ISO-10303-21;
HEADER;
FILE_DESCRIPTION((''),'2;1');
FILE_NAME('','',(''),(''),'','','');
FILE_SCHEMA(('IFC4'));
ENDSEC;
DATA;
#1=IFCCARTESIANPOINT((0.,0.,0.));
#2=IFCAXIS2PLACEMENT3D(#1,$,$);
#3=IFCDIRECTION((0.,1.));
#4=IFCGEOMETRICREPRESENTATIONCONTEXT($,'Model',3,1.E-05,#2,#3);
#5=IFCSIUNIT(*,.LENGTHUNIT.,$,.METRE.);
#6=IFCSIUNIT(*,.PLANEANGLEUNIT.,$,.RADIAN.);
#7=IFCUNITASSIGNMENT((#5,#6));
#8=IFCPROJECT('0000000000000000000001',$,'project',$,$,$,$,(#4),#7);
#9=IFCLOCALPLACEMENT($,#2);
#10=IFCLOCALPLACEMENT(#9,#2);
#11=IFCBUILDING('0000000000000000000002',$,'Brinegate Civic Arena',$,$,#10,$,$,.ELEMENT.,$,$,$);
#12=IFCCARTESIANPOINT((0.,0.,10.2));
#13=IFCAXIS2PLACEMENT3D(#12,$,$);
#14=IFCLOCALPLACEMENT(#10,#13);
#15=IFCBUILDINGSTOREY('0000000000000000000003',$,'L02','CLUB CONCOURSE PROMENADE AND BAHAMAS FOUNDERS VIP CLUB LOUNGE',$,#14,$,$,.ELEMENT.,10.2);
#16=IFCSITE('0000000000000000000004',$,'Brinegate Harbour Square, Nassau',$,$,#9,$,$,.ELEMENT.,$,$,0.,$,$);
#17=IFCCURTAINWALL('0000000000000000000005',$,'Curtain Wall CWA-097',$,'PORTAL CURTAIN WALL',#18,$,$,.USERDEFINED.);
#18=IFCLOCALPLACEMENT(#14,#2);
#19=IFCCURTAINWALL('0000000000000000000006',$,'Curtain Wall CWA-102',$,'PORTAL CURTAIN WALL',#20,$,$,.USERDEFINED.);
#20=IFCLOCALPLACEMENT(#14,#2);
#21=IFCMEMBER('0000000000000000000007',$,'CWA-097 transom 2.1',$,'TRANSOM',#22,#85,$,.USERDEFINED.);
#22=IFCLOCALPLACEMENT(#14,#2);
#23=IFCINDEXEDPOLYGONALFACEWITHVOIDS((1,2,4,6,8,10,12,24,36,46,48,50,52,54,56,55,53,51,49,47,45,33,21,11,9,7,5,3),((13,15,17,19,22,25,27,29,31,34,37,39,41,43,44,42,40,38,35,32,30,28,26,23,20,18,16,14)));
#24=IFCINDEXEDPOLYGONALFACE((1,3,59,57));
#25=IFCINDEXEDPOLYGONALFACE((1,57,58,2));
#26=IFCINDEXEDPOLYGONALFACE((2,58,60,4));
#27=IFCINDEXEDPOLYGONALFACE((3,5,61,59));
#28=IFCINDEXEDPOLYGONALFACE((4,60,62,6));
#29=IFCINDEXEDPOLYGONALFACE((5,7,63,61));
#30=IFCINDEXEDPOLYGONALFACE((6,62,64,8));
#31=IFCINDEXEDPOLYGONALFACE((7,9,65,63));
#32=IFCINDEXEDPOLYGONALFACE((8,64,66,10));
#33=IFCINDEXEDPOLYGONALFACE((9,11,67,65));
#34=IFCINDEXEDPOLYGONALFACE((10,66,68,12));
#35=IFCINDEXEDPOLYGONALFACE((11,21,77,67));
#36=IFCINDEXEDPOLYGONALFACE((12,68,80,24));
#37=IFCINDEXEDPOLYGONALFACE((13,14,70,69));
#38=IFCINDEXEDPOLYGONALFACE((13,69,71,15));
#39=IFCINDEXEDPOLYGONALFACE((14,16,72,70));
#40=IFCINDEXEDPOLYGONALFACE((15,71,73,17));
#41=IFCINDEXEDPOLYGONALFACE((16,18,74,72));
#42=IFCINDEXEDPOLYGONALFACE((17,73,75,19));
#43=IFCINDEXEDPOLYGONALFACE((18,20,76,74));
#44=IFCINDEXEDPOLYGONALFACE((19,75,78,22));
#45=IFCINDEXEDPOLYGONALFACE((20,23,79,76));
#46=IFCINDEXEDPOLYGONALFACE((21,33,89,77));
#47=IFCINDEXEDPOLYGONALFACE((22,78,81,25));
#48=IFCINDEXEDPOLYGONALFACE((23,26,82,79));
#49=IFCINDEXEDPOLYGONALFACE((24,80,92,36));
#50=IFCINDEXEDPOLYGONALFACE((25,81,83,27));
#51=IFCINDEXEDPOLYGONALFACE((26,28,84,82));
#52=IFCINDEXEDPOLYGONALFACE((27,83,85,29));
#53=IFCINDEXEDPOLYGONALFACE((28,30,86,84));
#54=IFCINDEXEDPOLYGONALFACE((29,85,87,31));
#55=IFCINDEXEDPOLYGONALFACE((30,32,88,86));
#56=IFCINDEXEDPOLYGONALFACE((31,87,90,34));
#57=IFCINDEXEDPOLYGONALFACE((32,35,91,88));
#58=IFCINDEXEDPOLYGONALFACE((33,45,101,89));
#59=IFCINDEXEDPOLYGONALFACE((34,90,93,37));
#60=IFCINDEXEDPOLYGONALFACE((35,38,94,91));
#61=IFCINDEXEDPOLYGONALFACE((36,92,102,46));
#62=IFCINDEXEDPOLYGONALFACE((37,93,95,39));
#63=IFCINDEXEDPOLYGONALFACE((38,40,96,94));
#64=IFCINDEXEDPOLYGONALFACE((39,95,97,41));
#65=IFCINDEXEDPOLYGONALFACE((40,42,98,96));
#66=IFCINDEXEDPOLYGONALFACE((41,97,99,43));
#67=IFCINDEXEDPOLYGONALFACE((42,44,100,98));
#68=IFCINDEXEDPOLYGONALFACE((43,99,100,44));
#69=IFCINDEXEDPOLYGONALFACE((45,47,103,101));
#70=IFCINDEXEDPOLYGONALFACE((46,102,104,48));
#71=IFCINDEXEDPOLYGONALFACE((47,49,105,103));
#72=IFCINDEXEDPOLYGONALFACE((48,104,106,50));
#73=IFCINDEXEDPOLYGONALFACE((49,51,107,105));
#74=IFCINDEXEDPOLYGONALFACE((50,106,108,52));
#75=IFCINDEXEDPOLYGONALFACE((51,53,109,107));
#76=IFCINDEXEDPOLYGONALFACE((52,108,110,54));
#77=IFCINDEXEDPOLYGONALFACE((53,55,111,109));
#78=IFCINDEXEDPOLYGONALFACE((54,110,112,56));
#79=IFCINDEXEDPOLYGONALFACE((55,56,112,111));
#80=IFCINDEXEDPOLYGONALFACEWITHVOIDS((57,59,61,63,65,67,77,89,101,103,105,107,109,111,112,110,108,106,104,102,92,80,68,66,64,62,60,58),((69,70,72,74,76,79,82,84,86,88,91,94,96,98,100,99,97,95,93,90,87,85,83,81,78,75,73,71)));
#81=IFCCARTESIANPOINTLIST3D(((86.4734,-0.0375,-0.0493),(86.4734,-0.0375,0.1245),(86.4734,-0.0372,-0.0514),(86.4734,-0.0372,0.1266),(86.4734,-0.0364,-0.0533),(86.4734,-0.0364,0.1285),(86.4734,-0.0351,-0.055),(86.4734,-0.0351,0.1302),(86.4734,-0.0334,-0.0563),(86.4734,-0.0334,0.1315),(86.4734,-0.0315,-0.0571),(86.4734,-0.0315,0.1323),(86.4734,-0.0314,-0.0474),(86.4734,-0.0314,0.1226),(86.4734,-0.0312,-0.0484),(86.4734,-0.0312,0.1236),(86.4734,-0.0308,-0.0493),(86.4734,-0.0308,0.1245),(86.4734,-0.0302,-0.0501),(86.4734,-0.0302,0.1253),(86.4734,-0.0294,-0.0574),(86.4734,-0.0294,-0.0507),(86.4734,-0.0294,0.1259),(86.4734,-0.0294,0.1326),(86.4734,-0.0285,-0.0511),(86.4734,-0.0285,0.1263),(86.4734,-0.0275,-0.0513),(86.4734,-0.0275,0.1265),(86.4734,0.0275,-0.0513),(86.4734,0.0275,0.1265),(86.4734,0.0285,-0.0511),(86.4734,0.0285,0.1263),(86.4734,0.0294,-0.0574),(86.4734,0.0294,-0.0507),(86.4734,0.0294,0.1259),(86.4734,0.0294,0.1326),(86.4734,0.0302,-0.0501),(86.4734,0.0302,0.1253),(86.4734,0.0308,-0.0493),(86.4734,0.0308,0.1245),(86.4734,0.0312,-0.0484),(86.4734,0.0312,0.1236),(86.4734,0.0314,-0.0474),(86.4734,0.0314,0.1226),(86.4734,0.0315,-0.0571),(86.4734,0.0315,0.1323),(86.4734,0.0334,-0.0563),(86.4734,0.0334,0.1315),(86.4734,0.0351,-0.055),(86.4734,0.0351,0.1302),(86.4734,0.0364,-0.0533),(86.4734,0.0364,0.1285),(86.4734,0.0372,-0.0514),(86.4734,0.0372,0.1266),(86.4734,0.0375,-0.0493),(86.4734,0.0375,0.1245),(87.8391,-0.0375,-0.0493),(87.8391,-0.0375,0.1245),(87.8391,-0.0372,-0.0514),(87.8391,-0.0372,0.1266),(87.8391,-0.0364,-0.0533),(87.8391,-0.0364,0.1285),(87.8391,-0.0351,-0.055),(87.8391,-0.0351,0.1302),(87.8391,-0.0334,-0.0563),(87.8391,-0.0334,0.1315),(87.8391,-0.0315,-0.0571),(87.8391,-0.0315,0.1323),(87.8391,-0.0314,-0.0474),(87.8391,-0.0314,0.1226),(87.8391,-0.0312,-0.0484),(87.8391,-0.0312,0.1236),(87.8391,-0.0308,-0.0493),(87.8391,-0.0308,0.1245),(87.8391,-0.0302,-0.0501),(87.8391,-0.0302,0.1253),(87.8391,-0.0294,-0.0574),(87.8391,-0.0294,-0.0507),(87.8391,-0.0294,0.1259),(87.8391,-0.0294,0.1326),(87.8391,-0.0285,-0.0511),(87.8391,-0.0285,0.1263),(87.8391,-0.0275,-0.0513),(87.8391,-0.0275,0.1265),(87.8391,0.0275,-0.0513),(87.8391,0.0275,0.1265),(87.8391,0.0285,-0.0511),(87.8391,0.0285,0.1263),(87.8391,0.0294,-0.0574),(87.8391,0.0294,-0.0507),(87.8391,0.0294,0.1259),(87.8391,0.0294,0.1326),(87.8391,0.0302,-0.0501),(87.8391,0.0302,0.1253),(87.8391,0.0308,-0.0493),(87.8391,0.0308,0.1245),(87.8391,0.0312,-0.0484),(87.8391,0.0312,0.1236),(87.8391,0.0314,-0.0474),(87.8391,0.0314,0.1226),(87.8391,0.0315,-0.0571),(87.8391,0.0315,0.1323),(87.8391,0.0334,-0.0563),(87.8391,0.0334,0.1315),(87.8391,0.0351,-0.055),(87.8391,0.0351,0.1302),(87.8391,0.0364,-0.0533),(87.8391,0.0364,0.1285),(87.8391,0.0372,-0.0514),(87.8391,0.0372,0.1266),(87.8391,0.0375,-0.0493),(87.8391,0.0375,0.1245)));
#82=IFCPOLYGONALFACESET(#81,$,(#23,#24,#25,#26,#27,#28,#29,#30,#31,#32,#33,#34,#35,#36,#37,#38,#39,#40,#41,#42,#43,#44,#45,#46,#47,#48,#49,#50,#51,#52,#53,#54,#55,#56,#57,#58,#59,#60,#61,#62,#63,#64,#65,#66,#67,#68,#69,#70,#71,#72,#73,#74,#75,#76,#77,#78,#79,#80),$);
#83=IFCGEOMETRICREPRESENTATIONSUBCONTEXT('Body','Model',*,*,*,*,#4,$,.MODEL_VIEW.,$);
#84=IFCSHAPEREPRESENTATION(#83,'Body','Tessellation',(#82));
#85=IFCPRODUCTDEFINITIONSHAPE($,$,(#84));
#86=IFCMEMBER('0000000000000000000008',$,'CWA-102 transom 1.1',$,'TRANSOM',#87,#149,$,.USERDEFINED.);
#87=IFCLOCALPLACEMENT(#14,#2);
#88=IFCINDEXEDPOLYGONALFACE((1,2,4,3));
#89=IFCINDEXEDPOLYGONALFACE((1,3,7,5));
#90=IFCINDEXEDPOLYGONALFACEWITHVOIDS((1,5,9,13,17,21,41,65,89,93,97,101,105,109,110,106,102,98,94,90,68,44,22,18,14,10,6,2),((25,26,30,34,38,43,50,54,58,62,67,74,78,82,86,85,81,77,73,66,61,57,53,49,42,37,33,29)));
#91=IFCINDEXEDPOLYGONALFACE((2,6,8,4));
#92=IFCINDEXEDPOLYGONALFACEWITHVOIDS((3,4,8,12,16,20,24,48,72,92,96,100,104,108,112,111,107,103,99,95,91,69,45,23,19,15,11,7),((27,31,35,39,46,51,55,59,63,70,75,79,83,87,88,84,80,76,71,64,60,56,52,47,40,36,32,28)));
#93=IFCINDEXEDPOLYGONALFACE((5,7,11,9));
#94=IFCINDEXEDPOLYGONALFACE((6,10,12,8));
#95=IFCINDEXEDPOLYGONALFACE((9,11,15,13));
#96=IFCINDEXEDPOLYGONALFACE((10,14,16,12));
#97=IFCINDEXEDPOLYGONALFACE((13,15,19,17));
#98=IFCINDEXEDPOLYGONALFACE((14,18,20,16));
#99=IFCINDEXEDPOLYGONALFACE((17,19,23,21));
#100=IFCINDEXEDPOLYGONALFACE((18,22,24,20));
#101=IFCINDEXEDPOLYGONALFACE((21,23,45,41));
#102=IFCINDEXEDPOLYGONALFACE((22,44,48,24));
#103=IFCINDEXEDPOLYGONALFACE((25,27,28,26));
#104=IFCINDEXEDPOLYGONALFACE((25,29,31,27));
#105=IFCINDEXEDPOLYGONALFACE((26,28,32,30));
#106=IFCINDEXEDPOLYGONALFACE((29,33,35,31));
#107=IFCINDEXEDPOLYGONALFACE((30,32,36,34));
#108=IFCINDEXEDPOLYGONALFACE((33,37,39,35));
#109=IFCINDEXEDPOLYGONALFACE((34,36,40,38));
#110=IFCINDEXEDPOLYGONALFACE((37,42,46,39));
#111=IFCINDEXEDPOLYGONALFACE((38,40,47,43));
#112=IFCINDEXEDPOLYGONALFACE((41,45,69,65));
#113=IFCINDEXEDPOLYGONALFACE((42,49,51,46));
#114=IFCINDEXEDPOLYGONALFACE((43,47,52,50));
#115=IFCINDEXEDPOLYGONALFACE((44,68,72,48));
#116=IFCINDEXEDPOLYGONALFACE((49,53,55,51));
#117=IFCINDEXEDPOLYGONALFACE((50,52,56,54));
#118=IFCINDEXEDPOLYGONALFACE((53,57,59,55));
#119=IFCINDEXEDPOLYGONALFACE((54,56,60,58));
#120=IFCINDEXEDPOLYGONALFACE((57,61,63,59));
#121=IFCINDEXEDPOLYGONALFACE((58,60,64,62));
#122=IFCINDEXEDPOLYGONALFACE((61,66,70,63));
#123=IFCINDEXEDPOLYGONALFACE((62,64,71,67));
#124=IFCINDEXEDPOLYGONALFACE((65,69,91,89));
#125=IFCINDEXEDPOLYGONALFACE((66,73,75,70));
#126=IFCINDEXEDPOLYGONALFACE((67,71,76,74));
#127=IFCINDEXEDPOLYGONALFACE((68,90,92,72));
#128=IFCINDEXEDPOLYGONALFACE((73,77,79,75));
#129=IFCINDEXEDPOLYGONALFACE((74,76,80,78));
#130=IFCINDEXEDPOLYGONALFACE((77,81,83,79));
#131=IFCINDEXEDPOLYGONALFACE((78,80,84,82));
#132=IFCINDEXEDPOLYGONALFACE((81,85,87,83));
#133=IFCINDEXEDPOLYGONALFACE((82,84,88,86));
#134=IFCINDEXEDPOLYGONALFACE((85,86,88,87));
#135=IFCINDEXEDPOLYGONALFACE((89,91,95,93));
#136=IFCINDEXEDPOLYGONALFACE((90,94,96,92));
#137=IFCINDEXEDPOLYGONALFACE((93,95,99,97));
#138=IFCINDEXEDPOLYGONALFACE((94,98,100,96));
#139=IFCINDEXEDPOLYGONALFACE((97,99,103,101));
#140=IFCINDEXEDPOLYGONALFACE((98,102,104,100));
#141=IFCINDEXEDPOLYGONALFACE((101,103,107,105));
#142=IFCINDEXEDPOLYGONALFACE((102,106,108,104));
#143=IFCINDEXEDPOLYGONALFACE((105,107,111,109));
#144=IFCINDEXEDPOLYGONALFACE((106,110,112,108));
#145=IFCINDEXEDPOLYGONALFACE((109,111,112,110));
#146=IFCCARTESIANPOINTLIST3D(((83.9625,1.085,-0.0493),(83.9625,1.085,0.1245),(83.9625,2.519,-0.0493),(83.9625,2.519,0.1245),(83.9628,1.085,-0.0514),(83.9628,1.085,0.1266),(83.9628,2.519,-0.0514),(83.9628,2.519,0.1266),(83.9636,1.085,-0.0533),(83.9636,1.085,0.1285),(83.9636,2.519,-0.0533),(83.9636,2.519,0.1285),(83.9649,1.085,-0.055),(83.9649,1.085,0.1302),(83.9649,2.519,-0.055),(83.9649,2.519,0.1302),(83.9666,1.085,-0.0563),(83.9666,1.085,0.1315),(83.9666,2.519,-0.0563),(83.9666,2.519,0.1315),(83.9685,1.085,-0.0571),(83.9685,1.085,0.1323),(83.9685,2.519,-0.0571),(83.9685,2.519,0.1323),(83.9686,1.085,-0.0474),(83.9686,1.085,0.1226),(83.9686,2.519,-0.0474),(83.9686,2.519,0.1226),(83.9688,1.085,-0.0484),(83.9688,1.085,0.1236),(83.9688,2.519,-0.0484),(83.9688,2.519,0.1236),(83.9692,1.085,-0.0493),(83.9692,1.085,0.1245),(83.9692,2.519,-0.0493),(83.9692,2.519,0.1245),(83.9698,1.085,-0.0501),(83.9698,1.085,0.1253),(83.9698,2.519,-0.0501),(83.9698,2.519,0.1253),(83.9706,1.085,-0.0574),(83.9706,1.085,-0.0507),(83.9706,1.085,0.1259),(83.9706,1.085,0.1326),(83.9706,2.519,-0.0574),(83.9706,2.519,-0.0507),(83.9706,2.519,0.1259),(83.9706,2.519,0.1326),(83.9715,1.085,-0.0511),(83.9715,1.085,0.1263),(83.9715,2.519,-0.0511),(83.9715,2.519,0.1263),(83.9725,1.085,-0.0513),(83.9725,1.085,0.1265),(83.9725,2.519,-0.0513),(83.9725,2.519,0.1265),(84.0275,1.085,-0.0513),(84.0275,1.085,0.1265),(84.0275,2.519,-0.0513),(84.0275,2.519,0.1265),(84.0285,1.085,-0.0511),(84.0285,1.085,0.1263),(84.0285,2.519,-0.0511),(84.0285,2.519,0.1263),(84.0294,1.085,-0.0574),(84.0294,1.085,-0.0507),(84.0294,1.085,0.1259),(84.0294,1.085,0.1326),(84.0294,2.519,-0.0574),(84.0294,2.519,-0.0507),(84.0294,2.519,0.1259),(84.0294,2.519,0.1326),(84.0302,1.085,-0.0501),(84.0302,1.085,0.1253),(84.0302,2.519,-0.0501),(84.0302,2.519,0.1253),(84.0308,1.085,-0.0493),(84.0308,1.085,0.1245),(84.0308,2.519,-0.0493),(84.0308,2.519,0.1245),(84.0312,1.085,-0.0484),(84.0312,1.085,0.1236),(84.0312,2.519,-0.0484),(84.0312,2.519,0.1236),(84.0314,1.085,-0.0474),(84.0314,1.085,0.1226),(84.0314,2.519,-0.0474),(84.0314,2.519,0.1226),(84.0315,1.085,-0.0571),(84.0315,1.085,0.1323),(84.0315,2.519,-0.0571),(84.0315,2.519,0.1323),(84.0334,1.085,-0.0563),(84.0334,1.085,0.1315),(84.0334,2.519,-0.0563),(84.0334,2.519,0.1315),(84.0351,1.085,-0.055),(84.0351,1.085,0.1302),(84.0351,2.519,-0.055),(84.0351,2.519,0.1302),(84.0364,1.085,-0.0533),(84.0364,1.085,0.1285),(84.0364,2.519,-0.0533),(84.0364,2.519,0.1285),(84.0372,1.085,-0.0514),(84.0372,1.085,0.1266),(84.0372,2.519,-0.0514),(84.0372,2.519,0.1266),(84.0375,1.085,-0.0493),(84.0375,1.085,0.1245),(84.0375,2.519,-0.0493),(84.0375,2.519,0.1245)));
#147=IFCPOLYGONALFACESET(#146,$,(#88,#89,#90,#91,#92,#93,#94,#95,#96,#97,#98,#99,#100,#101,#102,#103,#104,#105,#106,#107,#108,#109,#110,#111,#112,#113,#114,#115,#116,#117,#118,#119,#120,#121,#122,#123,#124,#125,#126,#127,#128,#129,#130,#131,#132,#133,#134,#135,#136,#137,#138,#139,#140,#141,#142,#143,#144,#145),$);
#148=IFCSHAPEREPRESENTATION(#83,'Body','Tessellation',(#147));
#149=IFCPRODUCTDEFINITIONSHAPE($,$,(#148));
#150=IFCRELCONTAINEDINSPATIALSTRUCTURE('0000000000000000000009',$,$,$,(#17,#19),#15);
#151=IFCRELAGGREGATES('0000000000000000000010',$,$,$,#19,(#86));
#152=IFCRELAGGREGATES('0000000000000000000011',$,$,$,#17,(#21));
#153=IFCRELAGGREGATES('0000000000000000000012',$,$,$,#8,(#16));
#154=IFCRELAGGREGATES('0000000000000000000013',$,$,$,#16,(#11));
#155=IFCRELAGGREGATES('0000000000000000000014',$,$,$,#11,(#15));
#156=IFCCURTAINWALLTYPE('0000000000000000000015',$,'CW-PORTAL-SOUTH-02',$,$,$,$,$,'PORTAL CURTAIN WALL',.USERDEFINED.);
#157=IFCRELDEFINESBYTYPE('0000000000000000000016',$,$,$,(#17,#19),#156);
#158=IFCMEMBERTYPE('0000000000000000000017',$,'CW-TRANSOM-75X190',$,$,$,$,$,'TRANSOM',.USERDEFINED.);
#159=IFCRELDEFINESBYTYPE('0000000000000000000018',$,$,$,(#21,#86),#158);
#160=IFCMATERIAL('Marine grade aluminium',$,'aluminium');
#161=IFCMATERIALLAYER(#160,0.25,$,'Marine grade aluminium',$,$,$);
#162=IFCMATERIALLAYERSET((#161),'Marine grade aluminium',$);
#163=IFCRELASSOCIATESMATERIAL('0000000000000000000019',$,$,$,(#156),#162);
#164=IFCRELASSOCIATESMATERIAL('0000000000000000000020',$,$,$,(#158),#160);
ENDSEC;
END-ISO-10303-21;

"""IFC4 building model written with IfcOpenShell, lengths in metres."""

from ifc_helpers import new_model, si_unit, direction, frame, origin, origin_2d, place, context, subcontext, project, spatial, hollow_rectangle, extrude, material, layer, layer_set, material_profile, profile_set, type_object, element, aggregate, save


model = new_model("IFC4")

# Units and contexts
model_context = context("Model", 3, precision=1e-05, world=origin(), true_north=direction((0.0, 1.0)))
body_context = subcontext(model_context, "Body", "Model", "MODEL_VIEW")
ifc_project = project(units=[si_unit("LENGTHUNIT", "METRE"), si_unit("PLANEANGLEUNIT", "RADIAN")], contexts=[model_context])

# Site, building, storey
site_placement = place(None, origin())
site = spatial("IfcSite", under=ifc_project, at=site_placement, Name="Brinegate Harbour Square, Nassau", CompositionType="ELEMENT", RefElevation=0.0)
building_placement = place(site_placement, origin())
building = spatial("IfcBuilding", under=site, at=building_placement, Name="Brinegate Civic Arena", CompositionType="ELEMENT")
storey_placement = place(building_placement, frame((0.0, 0.0, 10.2)))
storey = spatial("IfcBuildingStorey", under=building, at=storey_placement, Name="L02", Description="CLUB CONCOURSE PROMENADE AND BAHAMAS FOUNDERS VIP CLUB LOUNGE", CompositionType="ELEMENT", Elevation=10.2)

# Curtain wall
ifc_material_1 = material(Name="Marine grade aluminium", Category="aluminium")
ifc_layer_1 = layer(ifc_material_1, 0.25, Name="Marine grade aluminium")
ifc_layer_set_1 = layer_set([ifc_layer_1], Name="Marine grade aluminium")
curtain_wall_type = type_object("IfcCurtainWallType", Name="CW-PORTAL-SOUTH-02", ElementType="PORTAL CURTAIN WALL", PredefinedType="USERDEFINED", material=ifc_layer_set_1)
curtain_wall_1_placement = place(storey_placement, origin())
curtain_wall_1 = element("IfcCurtainWall", 1, at=curtain_wall_1_placement, inside=storey, type_object=curtain_wall_type, Name="Curtain Wall CWA-097", ObjectType="PORTAL CURTAIN WALL", PredefinedType="USERDEFINED")

# Curtain wall
curtain_wall_2_placement = place(storey_placement, origin())
curtain_wall_2 = element("IfcCurtainWall", 2, at=curtain_wall_2_placement, inside=storey, type_object=curtain_wall_type, Name="Curtain Wall CWA-102", ObjectType="PORTAL CURTAIN WALL", PredefinedType="USERDEFINED")

# Members
ifc_material_profile_1 = material_profile(ifc_material_1, hollow_rectangle(XDim=0.075, YDim=0.1899, WallThickness=0.0061, InnerFilletRadius=0.0039, OuterFilletRadius=0.0081, at=origin_2d()), Name="TRN75X190")
ifc_profile_set_1 = profile_set([ifc_material_profile_1], Name="Marine grade aluminium")
member_type_1 = type_object("IfcMemberType", Name="CW-TRANSOM-75X190", ElementType="TRANSOM", PredefinedType="USERDEFINED", material=ifc_profile_set_1)
member_1_placement = place(storey_placement, frame((86.4734, 0.0, 0.0376), z_axis=(1.0, 0.0, 0.0), x_axis=(0.0, 1.0, 0.0)))
member_1 = element("IfcMember", 3, at=member_1_placement, type_object=member_type_1, Name="CWA-097 transom 2.1", ObjectType="TRANSOM", PredefinedType="USERDEFINED", context=body_context, shape_type="SweptSolid", body=[
    extrude(hollow_rectangle(XDim=0.075, YDim=0.1899, WallThickness=0.0061, InnerFilletRadius=0.0039, OuterFilletRadius=0.0081, at=origin_2d()), origin(), (0.0, 0.0, 1.0), 1.3657),
])
member_2_placement = place(storey_placement, frame((84.0, 1.085, 0.0376), z_axis=(0.0, 1.0, 0.0), x_axis=(-1.0, 0.0, 0.0)))
member_2 = element("IfcMember", 4, at=member_2_placement, type_object=member_type_1, Name="CWA-102 transom 1.1", ObjectType="TRANSOM", PredefinedType="USERDEFINED", context=body_context, shape_type="SweptSolid", body=[
    extrude(hollow_rectangle(XDim=0.075, YDim=0.1899, WallThickness=0.0061, InnerFilletRadius=0.0039, OuterFilletRadius=0.0081, at=origin_2d()), origin(), (0.0, 0.0, 1.0), 1.4341),
])
aggregate(curtain_wall_2, [member_2])

aggregate(curtain_wall_1, [member_1])

save(model, "model.ifc")
